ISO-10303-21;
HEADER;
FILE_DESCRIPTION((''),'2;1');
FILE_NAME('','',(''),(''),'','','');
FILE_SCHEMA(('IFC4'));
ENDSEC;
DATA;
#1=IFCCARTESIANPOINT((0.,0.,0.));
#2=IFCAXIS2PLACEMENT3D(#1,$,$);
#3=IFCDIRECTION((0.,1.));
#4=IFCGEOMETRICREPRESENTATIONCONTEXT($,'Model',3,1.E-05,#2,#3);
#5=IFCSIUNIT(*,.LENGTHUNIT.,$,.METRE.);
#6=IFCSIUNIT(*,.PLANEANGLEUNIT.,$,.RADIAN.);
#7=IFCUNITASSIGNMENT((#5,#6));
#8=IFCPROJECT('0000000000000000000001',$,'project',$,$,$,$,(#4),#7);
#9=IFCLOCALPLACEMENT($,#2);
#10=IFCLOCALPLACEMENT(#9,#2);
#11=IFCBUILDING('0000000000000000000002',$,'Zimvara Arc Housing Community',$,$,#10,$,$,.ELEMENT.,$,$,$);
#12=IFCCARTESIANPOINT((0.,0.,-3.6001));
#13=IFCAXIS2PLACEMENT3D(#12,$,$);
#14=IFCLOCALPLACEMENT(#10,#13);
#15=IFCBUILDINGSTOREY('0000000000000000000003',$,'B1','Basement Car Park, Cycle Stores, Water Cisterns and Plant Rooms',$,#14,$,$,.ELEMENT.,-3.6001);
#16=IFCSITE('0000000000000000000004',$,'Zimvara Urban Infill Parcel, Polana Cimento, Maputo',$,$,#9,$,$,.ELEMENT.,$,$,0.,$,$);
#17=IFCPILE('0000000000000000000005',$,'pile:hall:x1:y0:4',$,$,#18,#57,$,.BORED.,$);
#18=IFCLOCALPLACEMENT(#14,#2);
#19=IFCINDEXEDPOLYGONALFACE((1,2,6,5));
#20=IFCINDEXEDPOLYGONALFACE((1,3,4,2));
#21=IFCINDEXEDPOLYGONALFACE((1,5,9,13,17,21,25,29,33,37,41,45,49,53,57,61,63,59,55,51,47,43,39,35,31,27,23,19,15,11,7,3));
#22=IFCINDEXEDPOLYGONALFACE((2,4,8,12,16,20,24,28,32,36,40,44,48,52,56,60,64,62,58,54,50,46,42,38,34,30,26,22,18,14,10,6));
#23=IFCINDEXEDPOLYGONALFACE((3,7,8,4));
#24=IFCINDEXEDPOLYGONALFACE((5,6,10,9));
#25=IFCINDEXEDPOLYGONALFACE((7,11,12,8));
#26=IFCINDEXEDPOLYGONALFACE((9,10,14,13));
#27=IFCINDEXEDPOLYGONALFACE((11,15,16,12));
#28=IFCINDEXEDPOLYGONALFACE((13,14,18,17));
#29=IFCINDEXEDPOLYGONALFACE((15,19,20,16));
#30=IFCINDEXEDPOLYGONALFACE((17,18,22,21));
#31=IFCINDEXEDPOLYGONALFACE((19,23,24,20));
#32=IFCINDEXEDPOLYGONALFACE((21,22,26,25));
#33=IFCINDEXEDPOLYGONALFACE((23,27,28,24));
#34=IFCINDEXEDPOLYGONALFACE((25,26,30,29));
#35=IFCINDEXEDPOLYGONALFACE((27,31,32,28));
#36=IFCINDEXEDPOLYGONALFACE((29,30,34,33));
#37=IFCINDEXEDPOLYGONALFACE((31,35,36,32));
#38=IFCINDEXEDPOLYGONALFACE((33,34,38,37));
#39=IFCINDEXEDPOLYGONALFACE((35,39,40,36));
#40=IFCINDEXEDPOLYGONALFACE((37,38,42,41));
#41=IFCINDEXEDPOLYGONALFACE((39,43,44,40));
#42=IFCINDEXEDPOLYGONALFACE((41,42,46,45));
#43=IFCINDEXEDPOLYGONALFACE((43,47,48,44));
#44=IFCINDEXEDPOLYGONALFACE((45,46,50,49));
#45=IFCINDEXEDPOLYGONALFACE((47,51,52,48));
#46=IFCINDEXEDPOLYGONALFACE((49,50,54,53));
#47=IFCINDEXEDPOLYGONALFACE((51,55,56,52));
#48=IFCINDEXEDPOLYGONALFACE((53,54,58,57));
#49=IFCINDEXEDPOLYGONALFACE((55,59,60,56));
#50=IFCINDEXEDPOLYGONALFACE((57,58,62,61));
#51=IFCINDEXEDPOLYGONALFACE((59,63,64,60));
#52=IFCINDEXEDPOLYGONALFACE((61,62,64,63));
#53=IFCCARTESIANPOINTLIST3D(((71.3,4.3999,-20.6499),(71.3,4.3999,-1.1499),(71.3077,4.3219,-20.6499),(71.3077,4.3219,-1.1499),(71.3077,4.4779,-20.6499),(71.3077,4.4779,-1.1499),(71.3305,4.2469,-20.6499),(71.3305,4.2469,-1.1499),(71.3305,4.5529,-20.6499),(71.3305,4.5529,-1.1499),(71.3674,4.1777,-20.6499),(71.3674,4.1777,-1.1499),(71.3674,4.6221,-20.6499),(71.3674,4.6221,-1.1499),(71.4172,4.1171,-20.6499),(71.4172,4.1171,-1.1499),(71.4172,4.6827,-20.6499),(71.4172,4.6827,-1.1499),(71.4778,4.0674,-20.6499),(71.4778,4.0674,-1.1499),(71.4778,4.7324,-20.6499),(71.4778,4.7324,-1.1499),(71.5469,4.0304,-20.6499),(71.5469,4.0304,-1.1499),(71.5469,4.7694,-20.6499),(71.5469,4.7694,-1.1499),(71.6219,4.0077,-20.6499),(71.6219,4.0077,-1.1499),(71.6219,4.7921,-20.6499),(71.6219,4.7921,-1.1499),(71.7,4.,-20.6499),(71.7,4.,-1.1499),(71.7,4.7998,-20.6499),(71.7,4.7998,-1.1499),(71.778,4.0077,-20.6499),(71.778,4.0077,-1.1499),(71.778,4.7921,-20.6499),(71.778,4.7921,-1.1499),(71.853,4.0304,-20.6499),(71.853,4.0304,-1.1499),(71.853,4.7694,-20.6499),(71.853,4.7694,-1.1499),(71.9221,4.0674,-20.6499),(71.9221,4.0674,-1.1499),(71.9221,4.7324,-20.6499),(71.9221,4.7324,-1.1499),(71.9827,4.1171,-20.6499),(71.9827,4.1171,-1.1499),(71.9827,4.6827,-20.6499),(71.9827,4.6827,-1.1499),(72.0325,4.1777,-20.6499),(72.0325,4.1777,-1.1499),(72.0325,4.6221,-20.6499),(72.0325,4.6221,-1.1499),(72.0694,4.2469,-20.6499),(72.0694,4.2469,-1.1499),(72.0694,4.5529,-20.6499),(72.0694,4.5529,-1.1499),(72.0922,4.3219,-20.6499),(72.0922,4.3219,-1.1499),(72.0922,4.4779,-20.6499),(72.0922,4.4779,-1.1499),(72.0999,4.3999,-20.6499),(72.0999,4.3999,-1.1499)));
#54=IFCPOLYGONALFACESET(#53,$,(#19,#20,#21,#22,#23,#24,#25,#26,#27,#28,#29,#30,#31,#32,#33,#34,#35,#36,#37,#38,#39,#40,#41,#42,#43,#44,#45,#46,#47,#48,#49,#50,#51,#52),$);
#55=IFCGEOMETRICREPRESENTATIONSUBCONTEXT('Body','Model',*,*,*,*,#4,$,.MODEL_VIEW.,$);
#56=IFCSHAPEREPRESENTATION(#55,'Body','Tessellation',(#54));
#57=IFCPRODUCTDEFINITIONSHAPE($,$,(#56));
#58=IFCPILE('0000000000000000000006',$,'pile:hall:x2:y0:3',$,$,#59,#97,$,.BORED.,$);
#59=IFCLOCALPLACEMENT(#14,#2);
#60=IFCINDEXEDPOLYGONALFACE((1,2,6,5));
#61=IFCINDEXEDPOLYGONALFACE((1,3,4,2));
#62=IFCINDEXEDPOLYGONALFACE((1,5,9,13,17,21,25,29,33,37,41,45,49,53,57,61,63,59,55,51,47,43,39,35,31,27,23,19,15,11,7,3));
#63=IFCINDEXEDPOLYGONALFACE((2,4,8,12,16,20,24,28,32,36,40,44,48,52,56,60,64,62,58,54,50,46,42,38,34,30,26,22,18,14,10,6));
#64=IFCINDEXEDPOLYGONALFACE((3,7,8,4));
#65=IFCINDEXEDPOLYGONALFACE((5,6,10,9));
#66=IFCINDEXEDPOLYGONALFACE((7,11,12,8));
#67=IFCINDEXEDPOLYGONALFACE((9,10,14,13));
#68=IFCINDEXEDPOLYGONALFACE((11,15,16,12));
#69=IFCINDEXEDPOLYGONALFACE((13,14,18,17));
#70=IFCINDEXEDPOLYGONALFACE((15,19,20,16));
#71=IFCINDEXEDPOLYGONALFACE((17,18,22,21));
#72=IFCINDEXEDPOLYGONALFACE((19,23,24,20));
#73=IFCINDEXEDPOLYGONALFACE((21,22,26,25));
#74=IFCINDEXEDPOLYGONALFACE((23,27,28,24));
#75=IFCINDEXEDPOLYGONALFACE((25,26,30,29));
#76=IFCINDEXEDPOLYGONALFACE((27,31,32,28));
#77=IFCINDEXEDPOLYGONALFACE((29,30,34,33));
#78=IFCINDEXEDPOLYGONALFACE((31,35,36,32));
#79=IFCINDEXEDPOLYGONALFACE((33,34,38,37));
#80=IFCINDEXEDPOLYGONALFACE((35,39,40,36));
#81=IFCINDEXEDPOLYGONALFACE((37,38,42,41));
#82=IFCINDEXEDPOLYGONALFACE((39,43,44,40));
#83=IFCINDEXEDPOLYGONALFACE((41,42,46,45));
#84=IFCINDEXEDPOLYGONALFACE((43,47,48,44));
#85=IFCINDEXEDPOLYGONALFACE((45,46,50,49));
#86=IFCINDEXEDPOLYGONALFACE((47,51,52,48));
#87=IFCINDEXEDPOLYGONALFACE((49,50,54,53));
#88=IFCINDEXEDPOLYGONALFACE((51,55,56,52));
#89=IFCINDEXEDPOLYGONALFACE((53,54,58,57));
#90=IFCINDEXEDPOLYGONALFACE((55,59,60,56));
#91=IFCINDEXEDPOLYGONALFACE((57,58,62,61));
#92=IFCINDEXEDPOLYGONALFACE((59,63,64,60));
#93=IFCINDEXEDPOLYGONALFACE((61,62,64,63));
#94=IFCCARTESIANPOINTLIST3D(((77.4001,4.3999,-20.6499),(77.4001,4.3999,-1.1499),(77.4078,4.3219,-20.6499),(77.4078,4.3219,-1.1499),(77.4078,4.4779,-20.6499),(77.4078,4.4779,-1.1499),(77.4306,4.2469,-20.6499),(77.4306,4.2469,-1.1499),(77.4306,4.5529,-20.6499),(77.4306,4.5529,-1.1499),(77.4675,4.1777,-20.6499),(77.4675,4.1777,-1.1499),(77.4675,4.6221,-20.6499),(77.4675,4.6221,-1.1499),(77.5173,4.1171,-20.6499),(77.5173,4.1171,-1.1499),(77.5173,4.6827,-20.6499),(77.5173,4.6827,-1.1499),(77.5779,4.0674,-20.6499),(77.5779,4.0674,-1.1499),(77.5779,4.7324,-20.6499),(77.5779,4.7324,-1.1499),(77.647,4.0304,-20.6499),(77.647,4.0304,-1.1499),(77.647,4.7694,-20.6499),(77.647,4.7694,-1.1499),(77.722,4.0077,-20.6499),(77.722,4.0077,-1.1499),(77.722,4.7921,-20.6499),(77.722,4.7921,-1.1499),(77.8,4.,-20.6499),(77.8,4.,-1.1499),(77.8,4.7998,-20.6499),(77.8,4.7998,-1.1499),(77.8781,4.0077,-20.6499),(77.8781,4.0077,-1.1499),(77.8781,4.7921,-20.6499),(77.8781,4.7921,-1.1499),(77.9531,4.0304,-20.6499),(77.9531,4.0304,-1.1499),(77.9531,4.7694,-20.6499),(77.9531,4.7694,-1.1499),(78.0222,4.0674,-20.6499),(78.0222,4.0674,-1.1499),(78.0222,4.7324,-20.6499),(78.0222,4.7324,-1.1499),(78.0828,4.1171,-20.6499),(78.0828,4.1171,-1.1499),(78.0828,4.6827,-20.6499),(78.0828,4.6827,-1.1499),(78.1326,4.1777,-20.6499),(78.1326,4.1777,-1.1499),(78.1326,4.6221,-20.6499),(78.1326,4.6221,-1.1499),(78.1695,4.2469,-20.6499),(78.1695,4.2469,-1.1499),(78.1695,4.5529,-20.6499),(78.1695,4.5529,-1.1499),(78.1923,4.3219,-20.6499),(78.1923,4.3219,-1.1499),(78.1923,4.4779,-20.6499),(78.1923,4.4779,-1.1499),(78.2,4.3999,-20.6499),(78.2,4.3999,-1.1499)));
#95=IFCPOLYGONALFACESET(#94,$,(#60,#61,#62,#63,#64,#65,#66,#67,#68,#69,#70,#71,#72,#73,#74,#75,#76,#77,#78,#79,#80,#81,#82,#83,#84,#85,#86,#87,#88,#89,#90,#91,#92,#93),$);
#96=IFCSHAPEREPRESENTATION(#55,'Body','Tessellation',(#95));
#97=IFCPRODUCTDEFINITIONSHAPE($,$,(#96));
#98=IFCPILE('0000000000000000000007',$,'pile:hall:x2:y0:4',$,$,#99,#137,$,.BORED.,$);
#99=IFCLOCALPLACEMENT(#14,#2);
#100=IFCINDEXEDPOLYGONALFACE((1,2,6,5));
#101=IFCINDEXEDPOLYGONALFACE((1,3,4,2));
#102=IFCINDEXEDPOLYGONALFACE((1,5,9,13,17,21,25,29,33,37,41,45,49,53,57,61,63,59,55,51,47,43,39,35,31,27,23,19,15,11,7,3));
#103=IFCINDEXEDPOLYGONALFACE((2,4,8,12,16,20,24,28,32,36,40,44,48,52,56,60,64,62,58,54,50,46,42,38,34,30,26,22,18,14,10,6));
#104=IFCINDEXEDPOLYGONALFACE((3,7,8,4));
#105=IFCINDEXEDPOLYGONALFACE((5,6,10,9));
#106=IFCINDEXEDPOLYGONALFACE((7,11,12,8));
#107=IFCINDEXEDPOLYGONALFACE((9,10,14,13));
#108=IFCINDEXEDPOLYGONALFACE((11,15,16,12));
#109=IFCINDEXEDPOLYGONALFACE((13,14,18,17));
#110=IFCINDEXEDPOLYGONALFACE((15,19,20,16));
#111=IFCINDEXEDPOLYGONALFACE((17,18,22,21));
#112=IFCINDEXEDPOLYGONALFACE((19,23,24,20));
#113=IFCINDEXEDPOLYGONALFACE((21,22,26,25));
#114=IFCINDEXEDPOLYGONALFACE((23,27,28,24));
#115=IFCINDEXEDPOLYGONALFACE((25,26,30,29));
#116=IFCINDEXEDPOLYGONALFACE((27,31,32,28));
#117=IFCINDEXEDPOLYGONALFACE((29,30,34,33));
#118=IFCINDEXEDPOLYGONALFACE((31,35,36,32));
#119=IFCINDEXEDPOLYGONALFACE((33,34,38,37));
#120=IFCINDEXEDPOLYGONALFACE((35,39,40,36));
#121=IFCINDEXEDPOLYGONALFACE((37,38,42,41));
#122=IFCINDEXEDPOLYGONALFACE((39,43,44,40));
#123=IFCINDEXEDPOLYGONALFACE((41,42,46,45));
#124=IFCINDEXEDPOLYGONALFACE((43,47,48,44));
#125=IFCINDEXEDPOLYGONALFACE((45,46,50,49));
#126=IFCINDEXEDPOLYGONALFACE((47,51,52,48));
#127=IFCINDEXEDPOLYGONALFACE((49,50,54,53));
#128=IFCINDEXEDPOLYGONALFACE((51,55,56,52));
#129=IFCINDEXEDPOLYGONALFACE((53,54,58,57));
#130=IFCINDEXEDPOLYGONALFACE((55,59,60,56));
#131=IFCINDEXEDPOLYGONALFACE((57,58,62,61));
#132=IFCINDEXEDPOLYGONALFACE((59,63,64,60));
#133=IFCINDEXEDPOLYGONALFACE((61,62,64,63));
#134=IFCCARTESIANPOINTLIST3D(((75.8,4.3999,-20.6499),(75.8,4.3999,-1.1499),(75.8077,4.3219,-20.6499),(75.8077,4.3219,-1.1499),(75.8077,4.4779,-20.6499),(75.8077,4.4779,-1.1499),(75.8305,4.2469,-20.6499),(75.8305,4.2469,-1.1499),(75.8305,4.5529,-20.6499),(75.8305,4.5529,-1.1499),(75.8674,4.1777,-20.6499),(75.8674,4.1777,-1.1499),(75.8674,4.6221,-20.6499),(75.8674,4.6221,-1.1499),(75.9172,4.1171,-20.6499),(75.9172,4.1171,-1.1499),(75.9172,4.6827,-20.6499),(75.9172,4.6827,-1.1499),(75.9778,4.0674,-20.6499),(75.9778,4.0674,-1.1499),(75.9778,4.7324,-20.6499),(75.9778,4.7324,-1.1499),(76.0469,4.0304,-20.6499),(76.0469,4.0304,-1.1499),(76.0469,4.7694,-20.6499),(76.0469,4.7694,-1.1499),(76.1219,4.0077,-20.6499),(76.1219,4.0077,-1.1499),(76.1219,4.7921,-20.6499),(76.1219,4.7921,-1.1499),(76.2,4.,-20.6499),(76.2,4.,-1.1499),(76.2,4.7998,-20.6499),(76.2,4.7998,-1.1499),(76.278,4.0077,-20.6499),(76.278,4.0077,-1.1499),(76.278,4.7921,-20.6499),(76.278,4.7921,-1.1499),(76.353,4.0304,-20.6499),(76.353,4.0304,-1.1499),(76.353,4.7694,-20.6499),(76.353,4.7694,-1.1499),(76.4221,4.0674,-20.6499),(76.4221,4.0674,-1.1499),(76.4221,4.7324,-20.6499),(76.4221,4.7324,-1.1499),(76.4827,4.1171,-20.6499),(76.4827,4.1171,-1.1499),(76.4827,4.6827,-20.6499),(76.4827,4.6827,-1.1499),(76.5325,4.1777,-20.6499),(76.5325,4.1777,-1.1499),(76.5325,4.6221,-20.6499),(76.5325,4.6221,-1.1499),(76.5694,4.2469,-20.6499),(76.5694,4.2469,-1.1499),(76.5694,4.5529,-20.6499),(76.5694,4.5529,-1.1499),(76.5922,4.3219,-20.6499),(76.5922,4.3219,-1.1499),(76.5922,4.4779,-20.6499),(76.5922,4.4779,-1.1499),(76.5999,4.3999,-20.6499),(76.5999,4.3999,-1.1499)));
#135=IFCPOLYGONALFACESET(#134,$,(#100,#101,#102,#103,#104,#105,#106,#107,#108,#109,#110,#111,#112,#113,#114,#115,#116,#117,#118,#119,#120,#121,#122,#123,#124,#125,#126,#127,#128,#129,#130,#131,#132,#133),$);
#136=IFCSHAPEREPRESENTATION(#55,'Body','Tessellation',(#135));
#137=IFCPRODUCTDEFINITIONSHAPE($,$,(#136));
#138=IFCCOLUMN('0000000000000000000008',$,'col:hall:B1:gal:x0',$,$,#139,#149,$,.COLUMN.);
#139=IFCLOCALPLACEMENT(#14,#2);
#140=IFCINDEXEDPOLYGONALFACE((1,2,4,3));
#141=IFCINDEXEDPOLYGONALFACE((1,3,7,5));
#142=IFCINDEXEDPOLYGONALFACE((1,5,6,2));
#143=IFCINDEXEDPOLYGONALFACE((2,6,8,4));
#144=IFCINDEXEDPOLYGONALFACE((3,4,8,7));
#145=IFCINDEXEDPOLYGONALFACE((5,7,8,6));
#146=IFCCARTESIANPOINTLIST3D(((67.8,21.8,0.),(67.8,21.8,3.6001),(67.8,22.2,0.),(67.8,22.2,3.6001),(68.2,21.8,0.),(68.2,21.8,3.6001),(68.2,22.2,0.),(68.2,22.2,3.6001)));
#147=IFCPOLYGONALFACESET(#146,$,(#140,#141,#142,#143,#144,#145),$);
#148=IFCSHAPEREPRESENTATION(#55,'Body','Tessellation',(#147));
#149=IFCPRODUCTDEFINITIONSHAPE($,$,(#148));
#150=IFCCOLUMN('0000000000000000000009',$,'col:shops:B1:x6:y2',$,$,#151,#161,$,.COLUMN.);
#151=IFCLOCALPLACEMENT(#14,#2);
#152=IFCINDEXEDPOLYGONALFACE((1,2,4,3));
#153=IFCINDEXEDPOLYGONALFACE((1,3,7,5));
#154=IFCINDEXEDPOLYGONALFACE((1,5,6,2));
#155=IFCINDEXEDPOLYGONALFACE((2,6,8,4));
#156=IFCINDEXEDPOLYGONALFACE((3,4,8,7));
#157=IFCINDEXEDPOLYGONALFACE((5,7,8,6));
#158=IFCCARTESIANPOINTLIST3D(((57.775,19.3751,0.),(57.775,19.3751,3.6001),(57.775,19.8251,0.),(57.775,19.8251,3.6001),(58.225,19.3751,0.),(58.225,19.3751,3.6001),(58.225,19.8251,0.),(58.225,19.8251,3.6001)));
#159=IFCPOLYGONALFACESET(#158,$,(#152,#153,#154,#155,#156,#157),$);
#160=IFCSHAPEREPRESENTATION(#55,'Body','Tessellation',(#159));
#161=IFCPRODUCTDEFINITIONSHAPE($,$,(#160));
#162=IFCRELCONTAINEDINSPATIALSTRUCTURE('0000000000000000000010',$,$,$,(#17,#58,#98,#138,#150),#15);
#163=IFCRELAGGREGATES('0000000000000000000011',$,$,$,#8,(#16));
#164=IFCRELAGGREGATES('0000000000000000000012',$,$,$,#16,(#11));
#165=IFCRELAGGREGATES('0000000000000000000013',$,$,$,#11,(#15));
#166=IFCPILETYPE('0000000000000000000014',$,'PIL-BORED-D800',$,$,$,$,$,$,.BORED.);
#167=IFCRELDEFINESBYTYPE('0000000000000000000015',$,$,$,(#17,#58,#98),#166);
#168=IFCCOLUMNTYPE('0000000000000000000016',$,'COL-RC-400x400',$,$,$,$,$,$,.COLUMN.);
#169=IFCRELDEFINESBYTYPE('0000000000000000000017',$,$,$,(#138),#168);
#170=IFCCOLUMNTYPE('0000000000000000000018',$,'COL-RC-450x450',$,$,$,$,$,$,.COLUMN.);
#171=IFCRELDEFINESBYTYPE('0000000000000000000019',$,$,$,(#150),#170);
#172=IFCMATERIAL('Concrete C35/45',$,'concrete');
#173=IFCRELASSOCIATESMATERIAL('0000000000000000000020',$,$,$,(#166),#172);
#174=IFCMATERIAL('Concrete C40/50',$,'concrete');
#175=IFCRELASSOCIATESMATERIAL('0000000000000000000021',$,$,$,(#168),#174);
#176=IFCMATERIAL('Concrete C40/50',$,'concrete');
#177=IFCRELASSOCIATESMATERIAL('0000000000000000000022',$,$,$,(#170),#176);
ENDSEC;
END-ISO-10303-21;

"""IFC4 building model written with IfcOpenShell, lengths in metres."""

from ifc_helpers import new_model, si_unit, direction, frame, origin, origin_2d, place, context, subcontext, project, spatial, rectangle, circle, extrude, material, material_profile, profile_set, type_object, element, save


model = new_model("IFC4")

# Units and contexts
model_context = context("Model", 3, precision=1e-05, world=origin(), true_north=direction((0.0, 1.0)))
body_context = subcontext(model_context, "Body", "Model", "MODEL_VIEW")
ifc_project = project(units=[si_unit("LENGTHUNIT", "METRE"), si_unit("PLANEANGLEUNIT", "RADIAN")], contexts=[model_context])

# Site, building, storey
site_placement = place(None, origin())
site = spatial("IfcSite", under=ifc_project, at=site_placement, Name="Zimvara Urban Infill Parcel, Polana Cimento, Maputo", CompositionType="ELEMENT", RefElevation=0.0)
building_placement = place(site_placement, origin())
building = spatial("IfcBuilding", under=site, at=building_placement, Name="Zimvara Arc Housing Community", CompositionType="ELEMENT")
storey_placement = place(building_placement, frame((0.0, 0.0, -3.6001)))
storey = spatial("IfcBuildingStorey", under=building, at=storey_placement, Name="B1", Description="Basement Car Park, Cycle Stores, Water Cisterns and Plant Rooms", CompositionType="ELEMENT", Elevation=-3.6001)

# Piles
ifc_material_1 = material(Name="Concrete C35/45", Category="concrete")
ifc_material_profile_1 = material_profile(ifc_material_1, circle(Radius=0.3999, at=origin_2d()), Name="PILE D800")
ifc_profile_set_1 = profile_set([ifc_material_profile_1], Name="Concrete C35/45")
pile_type_1 = type_object("IfcPileType", Name="PIL-BORED-D800", PredefinedType="BORED", material=ifc_profile_set_1)
for number, where, z_axis, x_axis, name in (
    (1, (71.7, 4.3999, -1.1499), (0.0, 0.0, -1.0), (1.0, 0.0, 0.0), "pile:hall:x1:y0:4"),
    (2, (77.8, 4.3999, -1.1499), (0.0, 0.0, -1.0), (1.0, 0.0, 0.0), "pile:hall:x2:y0:3"),
    (3, (76.2, 4.3999, -1.1499), (0.0, 0.0, -1.0), (1.0, 0.0, 0.0), "pile:hall:x2:y0:4"),
):
    element("IfcPile", number, at=place(storey_placement, frame(where, z_axis=z_axis, x_axis=x_axis)), inside=storey, type_object=pile_type_1, Name=name, PredefinedType="BORED", context=body_context, shape_type="SweptSolid", body=[
        extrude(circle(Radius=0.3999, at=origin_2d()), origin(), (0.0, 0.0, 1.0), 19.5),
    ])

# Columns
ifc_material_2 = material(Name="Concrete C40/50", Category="concrete")
ifc_material_profile_2 = material_profile(ifc_material_2, rectangle(XDim=0.3999, YDim=0.3999, at=origin_2d()), Name="RC 400x400")
ifc_profile_set_2 = profile_set([ifc_material_profile_2], Name="Concrete C40/50")
column_type_1 = type_object("IfcColumnType", Name="COL-RC-400x400", PredefinedType="COLUMN", material=ifc_profile_set_2)
column_1_placement = place(storey_placement, frame((68.0, 22.0, 0.0), z_axis=(0.0, 0.0, 1.0), x_axis=(1.0, 0.0, 0.0)))
element("IfcColumn", 4, at=column_1_placement, inside=storey, type_object=column_type_1, Name="col:hall:B1:gal:x0", PredefinedType="COLUMN", context=body_context, shape_type="SweptSolid", body=[
    extrude(rectangle(XDim=0.3999, YDim=0.3999, at=origin_2d()), origin(), (0.0, 0.0, 1.0), 3.6001),
])
ifc_material_3 = material(Name="Concrete C40/50", Category="concrete")
ifc_material_profile_3 = material_profile(ifc_material_3, rectangle(XDim=0.45, YDim=0.45, at=origin_2d()), Name="RC 450x450")
ifc_profile_set_3 = profile_set([ifc_material_profile_3], Name="Concrete C40/50")
column_type_2 = type_object("IfcColumnType", Name="COL-RC-450x450", PredefinedType="COLUMN", material=ifc_profile_set_3)
column_2_placement = place(storey_placement, frame((58.0, 19.6001, 0.0), z_axis=(0.0, 0.0, 1.0), x_axis=(1.0, 0.0, 0.0)))
element("IfcColumn", 5, at=column_2_placement, inside=storey, type_object=column_type_2, Name="col:shops:B1:x6:y2", PredefinedType="COLUMN", context=body_context, shape_type="SweptSolid", body=[
    extrude(rectangle(XDim=0.45, YDim=0.45, at=origin_2d()), origin(), (0.0, 0.0, 1.0), 3.6001),
])

save(model, "model.ifc")
